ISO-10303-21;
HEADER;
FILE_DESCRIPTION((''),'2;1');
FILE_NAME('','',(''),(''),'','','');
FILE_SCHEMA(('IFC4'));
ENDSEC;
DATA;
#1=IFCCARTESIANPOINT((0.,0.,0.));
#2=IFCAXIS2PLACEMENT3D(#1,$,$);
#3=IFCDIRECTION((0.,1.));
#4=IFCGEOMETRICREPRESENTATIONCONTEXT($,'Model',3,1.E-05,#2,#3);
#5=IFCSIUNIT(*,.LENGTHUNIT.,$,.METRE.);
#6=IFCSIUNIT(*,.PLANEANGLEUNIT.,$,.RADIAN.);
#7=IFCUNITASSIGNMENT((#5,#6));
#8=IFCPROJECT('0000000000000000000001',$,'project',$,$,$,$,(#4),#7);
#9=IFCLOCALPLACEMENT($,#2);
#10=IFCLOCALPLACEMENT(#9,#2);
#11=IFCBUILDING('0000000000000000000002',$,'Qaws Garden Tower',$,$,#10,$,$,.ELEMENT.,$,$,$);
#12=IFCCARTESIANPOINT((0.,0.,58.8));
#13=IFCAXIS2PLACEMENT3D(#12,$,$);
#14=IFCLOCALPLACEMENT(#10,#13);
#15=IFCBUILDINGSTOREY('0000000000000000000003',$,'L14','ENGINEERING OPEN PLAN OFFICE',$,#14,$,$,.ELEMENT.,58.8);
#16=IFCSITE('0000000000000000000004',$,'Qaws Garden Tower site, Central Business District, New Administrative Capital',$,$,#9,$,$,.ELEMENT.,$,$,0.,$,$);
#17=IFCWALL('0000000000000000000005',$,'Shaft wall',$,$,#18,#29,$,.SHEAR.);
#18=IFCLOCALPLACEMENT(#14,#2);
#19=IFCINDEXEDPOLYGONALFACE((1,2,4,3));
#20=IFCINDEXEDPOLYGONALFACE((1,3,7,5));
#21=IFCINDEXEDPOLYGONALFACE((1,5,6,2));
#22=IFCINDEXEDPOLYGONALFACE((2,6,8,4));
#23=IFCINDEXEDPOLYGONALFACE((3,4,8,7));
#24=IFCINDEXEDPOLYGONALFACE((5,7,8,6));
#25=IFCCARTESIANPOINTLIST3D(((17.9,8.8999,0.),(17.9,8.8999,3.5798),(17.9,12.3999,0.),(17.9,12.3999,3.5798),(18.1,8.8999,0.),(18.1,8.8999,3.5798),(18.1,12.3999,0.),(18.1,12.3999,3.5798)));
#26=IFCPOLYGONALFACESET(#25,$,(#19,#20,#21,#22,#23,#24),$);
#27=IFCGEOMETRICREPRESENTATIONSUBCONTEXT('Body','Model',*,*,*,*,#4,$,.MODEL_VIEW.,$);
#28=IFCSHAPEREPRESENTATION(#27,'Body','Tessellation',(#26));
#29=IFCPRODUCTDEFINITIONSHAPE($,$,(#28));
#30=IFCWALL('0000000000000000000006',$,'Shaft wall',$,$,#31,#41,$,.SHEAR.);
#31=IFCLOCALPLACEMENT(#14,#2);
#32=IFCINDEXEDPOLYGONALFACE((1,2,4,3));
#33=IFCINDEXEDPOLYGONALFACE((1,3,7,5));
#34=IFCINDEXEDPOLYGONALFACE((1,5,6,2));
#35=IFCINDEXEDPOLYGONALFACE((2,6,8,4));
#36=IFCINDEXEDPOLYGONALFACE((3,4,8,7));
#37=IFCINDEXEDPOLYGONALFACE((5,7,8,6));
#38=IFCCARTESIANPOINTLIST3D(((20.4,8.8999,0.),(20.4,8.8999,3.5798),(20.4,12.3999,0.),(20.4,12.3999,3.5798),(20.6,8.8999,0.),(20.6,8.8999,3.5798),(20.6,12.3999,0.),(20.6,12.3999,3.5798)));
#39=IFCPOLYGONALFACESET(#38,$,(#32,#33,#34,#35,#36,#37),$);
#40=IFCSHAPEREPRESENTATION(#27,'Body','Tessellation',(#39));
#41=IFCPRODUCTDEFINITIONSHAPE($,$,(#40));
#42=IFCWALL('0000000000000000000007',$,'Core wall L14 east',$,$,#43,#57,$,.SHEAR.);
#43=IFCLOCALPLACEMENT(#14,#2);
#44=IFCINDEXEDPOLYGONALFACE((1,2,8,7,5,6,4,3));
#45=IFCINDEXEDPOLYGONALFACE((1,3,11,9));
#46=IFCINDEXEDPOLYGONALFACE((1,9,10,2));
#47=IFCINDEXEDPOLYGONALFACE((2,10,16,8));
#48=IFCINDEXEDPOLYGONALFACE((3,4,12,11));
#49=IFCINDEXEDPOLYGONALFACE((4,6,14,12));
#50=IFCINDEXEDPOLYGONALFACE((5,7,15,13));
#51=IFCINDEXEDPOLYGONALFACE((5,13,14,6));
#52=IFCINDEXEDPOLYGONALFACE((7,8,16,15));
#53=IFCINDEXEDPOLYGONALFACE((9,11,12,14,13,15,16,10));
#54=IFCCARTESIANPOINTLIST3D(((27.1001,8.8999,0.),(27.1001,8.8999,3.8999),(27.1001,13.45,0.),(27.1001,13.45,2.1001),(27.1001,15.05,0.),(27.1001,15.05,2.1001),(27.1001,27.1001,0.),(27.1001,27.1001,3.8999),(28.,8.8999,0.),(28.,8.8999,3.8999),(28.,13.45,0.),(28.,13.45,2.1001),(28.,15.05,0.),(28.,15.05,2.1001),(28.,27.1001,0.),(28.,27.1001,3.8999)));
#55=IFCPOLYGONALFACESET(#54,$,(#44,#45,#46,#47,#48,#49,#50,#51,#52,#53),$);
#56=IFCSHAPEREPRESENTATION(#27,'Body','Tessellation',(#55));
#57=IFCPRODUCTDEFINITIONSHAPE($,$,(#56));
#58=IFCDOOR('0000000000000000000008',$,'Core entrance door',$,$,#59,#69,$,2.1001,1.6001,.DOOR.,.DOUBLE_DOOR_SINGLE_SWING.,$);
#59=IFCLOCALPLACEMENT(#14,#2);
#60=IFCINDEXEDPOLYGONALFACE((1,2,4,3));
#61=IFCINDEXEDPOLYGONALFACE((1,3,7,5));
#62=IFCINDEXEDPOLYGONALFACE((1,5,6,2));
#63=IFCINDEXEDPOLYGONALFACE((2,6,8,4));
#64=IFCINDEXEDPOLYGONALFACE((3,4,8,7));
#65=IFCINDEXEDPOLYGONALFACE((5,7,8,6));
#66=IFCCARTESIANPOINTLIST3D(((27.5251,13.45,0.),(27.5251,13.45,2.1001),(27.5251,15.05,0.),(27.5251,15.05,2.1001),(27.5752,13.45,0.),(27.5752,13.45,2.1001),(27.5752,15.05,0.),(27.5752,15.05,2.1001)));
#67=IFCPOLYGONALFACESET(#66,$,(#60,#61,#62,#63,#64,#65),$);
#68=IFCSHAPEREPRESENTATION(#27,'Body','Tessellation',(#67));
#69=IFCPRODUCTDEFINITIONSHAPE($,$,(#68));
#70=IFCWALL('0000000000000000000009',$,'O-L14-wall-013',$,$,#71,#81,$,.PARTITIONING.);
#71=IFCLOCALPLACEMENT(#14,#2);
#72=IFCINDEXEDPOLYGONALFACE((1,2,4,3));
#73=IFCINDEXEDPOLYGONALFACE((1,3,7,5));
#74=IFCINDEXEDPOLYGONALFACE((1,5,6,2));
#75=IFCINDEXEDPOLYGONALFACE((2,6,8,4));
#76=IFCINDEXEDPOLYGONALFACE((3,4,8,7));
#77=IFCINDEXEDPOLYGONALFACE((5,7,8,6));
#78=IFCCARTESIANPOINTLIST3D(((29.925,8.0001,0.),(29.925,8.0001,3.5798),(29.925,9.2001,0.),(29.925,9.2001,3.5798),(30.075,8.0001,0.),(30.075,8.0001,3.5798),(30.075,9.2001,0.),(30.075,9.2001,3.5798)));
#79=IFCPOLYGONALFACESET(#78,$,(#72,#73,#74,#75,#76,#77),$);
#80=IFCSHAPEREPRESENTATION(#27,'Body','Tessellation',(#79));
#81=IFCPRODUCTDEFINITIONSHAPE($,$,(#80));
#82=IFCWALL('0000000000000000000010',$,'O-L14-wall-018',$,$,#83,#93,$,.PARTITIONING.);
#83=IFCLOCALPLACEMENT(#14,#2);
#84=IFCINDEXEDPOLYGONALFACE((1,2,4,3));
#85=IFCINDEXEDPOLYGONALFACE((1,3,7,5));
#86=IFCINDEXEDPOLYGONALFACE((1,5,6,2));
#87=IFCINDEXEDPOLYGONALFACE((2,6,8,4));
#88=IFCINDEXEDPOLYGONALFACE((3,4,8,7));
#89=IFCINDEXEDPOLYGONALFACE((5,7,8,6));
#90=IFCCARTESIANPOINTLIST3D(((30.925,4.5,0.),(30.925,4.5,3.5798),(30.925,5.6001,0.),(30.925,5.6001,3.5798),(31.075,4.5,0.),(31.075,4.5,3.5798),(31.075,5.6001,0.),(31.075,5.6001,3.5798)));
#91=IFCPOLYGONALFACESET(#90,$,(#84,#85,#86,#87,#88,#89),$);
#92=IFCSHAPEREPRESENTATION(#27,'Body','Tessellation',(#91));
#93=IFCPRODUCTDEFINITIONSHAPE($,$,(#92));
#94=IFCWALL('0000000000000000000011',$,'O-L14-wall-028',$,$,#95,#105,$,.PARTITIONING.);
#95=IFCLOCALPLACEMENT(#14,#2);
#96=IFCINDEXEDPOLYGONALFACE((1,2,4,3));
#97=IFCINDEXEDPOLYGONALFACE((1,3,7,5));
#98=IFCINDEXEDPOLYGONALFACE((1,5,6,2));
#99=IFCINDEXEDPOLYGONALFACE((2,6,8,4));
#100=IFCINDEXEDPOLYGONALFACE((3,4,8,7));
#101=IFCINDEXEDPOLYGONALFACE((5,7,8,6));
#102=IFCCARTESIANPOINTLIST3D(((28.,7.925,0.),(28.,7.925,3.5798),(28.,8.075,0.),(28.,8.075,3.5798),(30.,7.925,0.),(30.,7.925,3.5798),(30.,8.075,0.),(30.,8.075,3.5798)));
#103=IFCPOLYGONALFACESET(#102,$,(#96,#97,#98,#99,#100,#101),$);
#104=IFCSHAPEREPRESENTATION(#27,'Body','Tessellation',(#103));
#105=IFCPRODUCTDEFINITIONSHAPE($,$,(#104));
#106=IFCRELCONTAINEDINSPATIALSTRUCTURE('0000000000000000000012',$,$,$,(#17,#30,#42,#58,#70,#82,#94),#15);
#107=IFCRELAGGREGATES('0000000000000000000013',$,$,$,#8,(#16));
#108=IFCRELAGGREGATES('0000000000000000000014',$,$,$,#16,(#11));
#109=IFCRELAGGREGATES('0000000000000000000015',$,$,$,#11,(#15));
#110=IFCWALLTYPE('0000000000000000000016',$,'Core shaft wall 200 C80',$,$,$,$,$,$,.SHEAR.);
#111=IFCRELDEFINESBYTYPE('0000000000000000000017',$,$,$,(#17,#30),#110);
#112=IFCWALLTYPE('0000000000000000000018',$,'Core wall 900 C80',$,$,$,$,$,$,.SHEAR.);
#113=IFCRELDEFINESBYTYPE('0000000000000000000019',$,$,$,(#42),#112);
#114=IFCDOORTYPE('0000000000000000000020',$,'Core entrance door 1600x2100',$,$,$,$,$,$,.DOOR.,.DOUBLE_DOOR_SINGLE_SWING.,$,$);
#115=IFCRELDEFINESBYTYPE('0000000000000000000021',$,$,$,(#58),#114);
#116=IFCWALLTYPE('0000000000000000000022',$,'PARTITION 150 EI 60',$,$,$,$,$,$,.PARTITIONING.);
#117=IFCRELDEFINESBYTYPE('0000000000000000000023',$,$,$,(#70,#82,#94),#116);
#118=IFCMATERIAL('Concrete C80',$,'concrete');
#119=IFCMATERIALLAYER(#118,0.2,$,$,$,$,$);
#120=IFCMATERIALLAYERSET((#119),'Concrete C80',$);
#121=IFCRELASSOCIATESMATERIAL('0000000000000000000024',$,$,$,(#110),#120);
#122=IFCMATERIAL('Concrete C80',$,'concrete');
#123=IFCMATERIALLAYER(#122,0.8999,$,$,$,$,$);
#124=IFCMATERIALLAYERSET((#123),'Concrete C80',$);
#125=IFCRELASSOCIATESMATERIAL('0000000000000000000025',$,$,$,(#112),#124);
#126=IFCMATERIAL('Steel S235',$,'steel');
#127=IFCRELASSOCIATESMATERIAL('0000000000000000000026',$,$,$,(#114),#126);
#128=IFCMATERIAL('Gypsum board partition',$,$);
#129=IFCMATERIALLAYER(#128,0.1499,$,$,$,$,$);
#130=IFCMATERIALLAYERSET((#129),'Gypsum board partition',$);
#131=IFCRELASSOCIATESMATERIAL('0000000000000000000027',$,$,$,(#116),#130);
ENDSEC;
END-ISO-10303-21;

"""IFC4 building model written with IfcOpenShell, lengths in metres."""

from ifc_helpers import new_model, si_unit, direction, frame, frame_2d, origin, place, context, subcontext, project, spatial, rectangle, extrude, material, layer, layer_set, type_object, element, fill, save


model = new_model("IFC4")

# Units and contexts
model_context = context("Model", 3, precision=1e-05, world=origin(), true_north=direction((0.0, 1.0)))
body_context = subcontext(model_context, "Body", "Model", "MODEL_VIEW")
ifc_project = project(units=[si_unit("LENGTHUNIT", "METRE"), si_unit("PLANEANGLEUNIT", "RADIAN")], contexts=[model_context])

# Site, building, storey
site_placement = place(None, origin())
site = spatial("IfcSite", under=ifc_project, at=site_placement, Name="Qaws Garden Tower site, Central Business District, New Administrative Capital", CompositionType="ELEMENT", RefElevation=0.0)
building_placement = place(site_placement, origin())
building = spatial("IfcBuilding", under=site, at=building_placement, Name="Qaws Garden Tower", CompositionType="ELEMENT")
storey_placement = place(building_placement, frame((0.0, 0.0, 58.8)))
storey = spatial("IfcBuildingStorey", under=building, at=storey_placement, Name="L14", Description="ENGINEERING OPEN PLAN OFFICE", CompositionType="ELEMENT", Elevation=58.8)

# Walls
ifc_material_1 = material(Name="Concrete C80", Category="concrete")
ifc_layer_1 = layer(ifc_material_1, 0.2)
ifc_layer_set_1 = layer_set([ifc_layer_1], Name="Concrete C80")
wall_type_1 = type_object("IfcWallType", Name="Core shaft wall 200 C80", PredefinedType="SHEAR", material=ifc_layer_set_1)
for number, where, z_axis, x_axis, name in (
    (1, (18.0, 8.8999, 0.0), (0.0, 0.0, 1.0), (0.0, 1.0, 0.0), "Shaft wall"),
    (2, (20.5, 8.8999, 0.0), (0.0, 0.0, 1.0), (0.0, 1.0, 0.0), "Shaft wall"),
):
    element("IfcWall", number, at=place(storey_placement, frame(where, z_axis=z_axis, x_axis=x_axis)), inside=storey, type_object=wall_type_1, Name=name, PredefinedType="SHEAR", context=body_context, shape_type="SweptSolid", body=[
        extrude(rectangle(XDim=3.5, YDim=0.2, at=frame_2d((1.75, 0.0))), origin(), (0.0, 0.0, 1.0), 3.5798),
    ])

# Wall, opening, door
ifc_material_2 = material(Name="Concrete C80", Category="concrete")
ifc_layer_2 = layer(ifc_material_2, 0.8999)
ifc_layer_set_2 = layer_set([ifc_layer_2], Name="Concrete C80")
wall_type_2 = type_object("IfcWallType", Name="Core wall 900 C80", PredefinedType="SHEAR", material=ifc_layer_set_2)
wall_1_placement = place(storey_placement, frame((27.55, 8.8999, 0.0), z_axis=(0.0, 0.0, 1.0), x_axis=(0.0, 1.0, 0.0)))
wall_1 = element("IfcWall", 3, at=wall_1_placement, inside=storey, type_object=wall_type_2, Name="Core wall L14 east", PredefinedType="SHEAR", context=body_context, shape_type="SweptSolid", body=[
    extrude(rectangle(XDim=18.2002, YDim=0.8999, at=frame_2d((9.1001, 0.0))), origin(), (0.0, 0.0, 1.0), 3.8999),
])
opening_1_placement = place(wall_1_placement, frame((4.55, 0.0, 0.0)))
opening_1 = element("IfcOpeningElement", 4, at=opening_1_placement, cuts=wall_1, PredefinedType="OPENING", context=body_context, shape_type="SweptSolid", body=[
    extrude(rectangle(XDim=1.6001, YDim=2.1001, at=frame_2d((0.8, 1.05))), frame((0.0, 0.46, 0.0), z_axis=(0.0, -1.0, 0.0), x_axis=(1.0, 0.0, 0.0)), (0.0, 0.0, 1.0), 0.9199),
])
ifc_material_3 = material(Name="Steel S235", Category="steel")
door_type = type_object("IfcDoorType", Name="Core entrance door 1600x2100", OperationType="DOUBLE_DOOR_SINGLE_SWING", PredefinedType="DOOR", material=ifc_material_3)
door_placement = place(opening_1_placement, origin())
door = element("IfcDoor", 5, at=door_placement, inside=storey, type_object=door_type, Name="Core entrance door", OperationType="DOUBLE_DOOR_SINGLE_SWING", OverallHeight=2.1001, OverallWidth=1.6001, PredefinedType="DOOR", context=body_context, shape_type="SweptSolid", body=[
    extrude(rectangle(XDim=1.6001, YDim=2.1001, at=frame_2d((0.8, 1.05))), frame((0.0, 0.0249, 0.0), z_axis=(0.0, -1.0, 0.0), x_axis=(1.0, 0.0, 0.0)), (0.0, 0.0, 1.0), 0.05),
])
fill(opening_1, door)

# Walls
ifc_material_4 = material(Name="Gypsum board partition")
ifc_layer_3 = layer(ifc_material_4, 0.1499)
ifc_layer_set_3 = layer_set([ifc_layer_3], Name="Gypsum board partition")
wall_type_3 = type_object("IfcWallType", Name="PARTITION 150 EI 60", PredefinedType="PARTITIONING", material=ifc_layer_set_3)
wall_2_placement = place(storey_placement, frame((30.0, 8.0, 0.0), z_axis=(0.0, 0.0, 1.0), x_axis=(0.0, 1.0, 0.0)))
element("IfcWall", 6, at=wall_2_placement, inside=storey, type_object=wall_type_3, Name="O-L14-wall-013", PredefinedType="PARTITIONING", context=body_context, shape_type="SweptSolid", body=[
    extrude(rectangle(XDim=1.2, YDim=0.1499, at=frame_2d((0.6001, 0.0))), origin(), (0.0, 0.0, 1.0), 3.5798),
])
wall_3_placement = place(storey_placement, frame((31.0, 4.5, 0.0), z_axis=(0.0, 0.0, 1.0), x_axis=(0.0, 1.0, 0.0)))
element("IfcWall", 7, at=wall_3_placement, inside=storey, type_object=wall_type_3, Name="O-L14-wall-018", PredefinedType="PARTITIONING", context=body_context, shape_type="SweptSolid", body=[
    extrude(rectangle(XDim=1.1001, YDim=0.1499, at=frame_2d((0.55, 0.0))), origin(), (0.0, 0.0, 1.0), 3.5798),
])
wall_4_placement = place(storey_placement, frame((28.0, 8.0, 0.0), z_axis=(0.0, 0.0, 1.0), x_axis=(1.0, 0.0, 0.0)))
element("IfcWall", 8, at=wall_4_placement, inside=storey, type_object=wall_type_3, Name="O-L14-wall-028", PredefinedType="PARTITIONING", context=body_context, shape_type="SweptSolid", body=[
    extrude(rectangle(XDim=2.0, YDim=0.1499, at=frame_2d((1.0, 0.0))), origin(), (0.0, 0.0, 1.0), 3.5798),
])

save(model, "model.ifc")
